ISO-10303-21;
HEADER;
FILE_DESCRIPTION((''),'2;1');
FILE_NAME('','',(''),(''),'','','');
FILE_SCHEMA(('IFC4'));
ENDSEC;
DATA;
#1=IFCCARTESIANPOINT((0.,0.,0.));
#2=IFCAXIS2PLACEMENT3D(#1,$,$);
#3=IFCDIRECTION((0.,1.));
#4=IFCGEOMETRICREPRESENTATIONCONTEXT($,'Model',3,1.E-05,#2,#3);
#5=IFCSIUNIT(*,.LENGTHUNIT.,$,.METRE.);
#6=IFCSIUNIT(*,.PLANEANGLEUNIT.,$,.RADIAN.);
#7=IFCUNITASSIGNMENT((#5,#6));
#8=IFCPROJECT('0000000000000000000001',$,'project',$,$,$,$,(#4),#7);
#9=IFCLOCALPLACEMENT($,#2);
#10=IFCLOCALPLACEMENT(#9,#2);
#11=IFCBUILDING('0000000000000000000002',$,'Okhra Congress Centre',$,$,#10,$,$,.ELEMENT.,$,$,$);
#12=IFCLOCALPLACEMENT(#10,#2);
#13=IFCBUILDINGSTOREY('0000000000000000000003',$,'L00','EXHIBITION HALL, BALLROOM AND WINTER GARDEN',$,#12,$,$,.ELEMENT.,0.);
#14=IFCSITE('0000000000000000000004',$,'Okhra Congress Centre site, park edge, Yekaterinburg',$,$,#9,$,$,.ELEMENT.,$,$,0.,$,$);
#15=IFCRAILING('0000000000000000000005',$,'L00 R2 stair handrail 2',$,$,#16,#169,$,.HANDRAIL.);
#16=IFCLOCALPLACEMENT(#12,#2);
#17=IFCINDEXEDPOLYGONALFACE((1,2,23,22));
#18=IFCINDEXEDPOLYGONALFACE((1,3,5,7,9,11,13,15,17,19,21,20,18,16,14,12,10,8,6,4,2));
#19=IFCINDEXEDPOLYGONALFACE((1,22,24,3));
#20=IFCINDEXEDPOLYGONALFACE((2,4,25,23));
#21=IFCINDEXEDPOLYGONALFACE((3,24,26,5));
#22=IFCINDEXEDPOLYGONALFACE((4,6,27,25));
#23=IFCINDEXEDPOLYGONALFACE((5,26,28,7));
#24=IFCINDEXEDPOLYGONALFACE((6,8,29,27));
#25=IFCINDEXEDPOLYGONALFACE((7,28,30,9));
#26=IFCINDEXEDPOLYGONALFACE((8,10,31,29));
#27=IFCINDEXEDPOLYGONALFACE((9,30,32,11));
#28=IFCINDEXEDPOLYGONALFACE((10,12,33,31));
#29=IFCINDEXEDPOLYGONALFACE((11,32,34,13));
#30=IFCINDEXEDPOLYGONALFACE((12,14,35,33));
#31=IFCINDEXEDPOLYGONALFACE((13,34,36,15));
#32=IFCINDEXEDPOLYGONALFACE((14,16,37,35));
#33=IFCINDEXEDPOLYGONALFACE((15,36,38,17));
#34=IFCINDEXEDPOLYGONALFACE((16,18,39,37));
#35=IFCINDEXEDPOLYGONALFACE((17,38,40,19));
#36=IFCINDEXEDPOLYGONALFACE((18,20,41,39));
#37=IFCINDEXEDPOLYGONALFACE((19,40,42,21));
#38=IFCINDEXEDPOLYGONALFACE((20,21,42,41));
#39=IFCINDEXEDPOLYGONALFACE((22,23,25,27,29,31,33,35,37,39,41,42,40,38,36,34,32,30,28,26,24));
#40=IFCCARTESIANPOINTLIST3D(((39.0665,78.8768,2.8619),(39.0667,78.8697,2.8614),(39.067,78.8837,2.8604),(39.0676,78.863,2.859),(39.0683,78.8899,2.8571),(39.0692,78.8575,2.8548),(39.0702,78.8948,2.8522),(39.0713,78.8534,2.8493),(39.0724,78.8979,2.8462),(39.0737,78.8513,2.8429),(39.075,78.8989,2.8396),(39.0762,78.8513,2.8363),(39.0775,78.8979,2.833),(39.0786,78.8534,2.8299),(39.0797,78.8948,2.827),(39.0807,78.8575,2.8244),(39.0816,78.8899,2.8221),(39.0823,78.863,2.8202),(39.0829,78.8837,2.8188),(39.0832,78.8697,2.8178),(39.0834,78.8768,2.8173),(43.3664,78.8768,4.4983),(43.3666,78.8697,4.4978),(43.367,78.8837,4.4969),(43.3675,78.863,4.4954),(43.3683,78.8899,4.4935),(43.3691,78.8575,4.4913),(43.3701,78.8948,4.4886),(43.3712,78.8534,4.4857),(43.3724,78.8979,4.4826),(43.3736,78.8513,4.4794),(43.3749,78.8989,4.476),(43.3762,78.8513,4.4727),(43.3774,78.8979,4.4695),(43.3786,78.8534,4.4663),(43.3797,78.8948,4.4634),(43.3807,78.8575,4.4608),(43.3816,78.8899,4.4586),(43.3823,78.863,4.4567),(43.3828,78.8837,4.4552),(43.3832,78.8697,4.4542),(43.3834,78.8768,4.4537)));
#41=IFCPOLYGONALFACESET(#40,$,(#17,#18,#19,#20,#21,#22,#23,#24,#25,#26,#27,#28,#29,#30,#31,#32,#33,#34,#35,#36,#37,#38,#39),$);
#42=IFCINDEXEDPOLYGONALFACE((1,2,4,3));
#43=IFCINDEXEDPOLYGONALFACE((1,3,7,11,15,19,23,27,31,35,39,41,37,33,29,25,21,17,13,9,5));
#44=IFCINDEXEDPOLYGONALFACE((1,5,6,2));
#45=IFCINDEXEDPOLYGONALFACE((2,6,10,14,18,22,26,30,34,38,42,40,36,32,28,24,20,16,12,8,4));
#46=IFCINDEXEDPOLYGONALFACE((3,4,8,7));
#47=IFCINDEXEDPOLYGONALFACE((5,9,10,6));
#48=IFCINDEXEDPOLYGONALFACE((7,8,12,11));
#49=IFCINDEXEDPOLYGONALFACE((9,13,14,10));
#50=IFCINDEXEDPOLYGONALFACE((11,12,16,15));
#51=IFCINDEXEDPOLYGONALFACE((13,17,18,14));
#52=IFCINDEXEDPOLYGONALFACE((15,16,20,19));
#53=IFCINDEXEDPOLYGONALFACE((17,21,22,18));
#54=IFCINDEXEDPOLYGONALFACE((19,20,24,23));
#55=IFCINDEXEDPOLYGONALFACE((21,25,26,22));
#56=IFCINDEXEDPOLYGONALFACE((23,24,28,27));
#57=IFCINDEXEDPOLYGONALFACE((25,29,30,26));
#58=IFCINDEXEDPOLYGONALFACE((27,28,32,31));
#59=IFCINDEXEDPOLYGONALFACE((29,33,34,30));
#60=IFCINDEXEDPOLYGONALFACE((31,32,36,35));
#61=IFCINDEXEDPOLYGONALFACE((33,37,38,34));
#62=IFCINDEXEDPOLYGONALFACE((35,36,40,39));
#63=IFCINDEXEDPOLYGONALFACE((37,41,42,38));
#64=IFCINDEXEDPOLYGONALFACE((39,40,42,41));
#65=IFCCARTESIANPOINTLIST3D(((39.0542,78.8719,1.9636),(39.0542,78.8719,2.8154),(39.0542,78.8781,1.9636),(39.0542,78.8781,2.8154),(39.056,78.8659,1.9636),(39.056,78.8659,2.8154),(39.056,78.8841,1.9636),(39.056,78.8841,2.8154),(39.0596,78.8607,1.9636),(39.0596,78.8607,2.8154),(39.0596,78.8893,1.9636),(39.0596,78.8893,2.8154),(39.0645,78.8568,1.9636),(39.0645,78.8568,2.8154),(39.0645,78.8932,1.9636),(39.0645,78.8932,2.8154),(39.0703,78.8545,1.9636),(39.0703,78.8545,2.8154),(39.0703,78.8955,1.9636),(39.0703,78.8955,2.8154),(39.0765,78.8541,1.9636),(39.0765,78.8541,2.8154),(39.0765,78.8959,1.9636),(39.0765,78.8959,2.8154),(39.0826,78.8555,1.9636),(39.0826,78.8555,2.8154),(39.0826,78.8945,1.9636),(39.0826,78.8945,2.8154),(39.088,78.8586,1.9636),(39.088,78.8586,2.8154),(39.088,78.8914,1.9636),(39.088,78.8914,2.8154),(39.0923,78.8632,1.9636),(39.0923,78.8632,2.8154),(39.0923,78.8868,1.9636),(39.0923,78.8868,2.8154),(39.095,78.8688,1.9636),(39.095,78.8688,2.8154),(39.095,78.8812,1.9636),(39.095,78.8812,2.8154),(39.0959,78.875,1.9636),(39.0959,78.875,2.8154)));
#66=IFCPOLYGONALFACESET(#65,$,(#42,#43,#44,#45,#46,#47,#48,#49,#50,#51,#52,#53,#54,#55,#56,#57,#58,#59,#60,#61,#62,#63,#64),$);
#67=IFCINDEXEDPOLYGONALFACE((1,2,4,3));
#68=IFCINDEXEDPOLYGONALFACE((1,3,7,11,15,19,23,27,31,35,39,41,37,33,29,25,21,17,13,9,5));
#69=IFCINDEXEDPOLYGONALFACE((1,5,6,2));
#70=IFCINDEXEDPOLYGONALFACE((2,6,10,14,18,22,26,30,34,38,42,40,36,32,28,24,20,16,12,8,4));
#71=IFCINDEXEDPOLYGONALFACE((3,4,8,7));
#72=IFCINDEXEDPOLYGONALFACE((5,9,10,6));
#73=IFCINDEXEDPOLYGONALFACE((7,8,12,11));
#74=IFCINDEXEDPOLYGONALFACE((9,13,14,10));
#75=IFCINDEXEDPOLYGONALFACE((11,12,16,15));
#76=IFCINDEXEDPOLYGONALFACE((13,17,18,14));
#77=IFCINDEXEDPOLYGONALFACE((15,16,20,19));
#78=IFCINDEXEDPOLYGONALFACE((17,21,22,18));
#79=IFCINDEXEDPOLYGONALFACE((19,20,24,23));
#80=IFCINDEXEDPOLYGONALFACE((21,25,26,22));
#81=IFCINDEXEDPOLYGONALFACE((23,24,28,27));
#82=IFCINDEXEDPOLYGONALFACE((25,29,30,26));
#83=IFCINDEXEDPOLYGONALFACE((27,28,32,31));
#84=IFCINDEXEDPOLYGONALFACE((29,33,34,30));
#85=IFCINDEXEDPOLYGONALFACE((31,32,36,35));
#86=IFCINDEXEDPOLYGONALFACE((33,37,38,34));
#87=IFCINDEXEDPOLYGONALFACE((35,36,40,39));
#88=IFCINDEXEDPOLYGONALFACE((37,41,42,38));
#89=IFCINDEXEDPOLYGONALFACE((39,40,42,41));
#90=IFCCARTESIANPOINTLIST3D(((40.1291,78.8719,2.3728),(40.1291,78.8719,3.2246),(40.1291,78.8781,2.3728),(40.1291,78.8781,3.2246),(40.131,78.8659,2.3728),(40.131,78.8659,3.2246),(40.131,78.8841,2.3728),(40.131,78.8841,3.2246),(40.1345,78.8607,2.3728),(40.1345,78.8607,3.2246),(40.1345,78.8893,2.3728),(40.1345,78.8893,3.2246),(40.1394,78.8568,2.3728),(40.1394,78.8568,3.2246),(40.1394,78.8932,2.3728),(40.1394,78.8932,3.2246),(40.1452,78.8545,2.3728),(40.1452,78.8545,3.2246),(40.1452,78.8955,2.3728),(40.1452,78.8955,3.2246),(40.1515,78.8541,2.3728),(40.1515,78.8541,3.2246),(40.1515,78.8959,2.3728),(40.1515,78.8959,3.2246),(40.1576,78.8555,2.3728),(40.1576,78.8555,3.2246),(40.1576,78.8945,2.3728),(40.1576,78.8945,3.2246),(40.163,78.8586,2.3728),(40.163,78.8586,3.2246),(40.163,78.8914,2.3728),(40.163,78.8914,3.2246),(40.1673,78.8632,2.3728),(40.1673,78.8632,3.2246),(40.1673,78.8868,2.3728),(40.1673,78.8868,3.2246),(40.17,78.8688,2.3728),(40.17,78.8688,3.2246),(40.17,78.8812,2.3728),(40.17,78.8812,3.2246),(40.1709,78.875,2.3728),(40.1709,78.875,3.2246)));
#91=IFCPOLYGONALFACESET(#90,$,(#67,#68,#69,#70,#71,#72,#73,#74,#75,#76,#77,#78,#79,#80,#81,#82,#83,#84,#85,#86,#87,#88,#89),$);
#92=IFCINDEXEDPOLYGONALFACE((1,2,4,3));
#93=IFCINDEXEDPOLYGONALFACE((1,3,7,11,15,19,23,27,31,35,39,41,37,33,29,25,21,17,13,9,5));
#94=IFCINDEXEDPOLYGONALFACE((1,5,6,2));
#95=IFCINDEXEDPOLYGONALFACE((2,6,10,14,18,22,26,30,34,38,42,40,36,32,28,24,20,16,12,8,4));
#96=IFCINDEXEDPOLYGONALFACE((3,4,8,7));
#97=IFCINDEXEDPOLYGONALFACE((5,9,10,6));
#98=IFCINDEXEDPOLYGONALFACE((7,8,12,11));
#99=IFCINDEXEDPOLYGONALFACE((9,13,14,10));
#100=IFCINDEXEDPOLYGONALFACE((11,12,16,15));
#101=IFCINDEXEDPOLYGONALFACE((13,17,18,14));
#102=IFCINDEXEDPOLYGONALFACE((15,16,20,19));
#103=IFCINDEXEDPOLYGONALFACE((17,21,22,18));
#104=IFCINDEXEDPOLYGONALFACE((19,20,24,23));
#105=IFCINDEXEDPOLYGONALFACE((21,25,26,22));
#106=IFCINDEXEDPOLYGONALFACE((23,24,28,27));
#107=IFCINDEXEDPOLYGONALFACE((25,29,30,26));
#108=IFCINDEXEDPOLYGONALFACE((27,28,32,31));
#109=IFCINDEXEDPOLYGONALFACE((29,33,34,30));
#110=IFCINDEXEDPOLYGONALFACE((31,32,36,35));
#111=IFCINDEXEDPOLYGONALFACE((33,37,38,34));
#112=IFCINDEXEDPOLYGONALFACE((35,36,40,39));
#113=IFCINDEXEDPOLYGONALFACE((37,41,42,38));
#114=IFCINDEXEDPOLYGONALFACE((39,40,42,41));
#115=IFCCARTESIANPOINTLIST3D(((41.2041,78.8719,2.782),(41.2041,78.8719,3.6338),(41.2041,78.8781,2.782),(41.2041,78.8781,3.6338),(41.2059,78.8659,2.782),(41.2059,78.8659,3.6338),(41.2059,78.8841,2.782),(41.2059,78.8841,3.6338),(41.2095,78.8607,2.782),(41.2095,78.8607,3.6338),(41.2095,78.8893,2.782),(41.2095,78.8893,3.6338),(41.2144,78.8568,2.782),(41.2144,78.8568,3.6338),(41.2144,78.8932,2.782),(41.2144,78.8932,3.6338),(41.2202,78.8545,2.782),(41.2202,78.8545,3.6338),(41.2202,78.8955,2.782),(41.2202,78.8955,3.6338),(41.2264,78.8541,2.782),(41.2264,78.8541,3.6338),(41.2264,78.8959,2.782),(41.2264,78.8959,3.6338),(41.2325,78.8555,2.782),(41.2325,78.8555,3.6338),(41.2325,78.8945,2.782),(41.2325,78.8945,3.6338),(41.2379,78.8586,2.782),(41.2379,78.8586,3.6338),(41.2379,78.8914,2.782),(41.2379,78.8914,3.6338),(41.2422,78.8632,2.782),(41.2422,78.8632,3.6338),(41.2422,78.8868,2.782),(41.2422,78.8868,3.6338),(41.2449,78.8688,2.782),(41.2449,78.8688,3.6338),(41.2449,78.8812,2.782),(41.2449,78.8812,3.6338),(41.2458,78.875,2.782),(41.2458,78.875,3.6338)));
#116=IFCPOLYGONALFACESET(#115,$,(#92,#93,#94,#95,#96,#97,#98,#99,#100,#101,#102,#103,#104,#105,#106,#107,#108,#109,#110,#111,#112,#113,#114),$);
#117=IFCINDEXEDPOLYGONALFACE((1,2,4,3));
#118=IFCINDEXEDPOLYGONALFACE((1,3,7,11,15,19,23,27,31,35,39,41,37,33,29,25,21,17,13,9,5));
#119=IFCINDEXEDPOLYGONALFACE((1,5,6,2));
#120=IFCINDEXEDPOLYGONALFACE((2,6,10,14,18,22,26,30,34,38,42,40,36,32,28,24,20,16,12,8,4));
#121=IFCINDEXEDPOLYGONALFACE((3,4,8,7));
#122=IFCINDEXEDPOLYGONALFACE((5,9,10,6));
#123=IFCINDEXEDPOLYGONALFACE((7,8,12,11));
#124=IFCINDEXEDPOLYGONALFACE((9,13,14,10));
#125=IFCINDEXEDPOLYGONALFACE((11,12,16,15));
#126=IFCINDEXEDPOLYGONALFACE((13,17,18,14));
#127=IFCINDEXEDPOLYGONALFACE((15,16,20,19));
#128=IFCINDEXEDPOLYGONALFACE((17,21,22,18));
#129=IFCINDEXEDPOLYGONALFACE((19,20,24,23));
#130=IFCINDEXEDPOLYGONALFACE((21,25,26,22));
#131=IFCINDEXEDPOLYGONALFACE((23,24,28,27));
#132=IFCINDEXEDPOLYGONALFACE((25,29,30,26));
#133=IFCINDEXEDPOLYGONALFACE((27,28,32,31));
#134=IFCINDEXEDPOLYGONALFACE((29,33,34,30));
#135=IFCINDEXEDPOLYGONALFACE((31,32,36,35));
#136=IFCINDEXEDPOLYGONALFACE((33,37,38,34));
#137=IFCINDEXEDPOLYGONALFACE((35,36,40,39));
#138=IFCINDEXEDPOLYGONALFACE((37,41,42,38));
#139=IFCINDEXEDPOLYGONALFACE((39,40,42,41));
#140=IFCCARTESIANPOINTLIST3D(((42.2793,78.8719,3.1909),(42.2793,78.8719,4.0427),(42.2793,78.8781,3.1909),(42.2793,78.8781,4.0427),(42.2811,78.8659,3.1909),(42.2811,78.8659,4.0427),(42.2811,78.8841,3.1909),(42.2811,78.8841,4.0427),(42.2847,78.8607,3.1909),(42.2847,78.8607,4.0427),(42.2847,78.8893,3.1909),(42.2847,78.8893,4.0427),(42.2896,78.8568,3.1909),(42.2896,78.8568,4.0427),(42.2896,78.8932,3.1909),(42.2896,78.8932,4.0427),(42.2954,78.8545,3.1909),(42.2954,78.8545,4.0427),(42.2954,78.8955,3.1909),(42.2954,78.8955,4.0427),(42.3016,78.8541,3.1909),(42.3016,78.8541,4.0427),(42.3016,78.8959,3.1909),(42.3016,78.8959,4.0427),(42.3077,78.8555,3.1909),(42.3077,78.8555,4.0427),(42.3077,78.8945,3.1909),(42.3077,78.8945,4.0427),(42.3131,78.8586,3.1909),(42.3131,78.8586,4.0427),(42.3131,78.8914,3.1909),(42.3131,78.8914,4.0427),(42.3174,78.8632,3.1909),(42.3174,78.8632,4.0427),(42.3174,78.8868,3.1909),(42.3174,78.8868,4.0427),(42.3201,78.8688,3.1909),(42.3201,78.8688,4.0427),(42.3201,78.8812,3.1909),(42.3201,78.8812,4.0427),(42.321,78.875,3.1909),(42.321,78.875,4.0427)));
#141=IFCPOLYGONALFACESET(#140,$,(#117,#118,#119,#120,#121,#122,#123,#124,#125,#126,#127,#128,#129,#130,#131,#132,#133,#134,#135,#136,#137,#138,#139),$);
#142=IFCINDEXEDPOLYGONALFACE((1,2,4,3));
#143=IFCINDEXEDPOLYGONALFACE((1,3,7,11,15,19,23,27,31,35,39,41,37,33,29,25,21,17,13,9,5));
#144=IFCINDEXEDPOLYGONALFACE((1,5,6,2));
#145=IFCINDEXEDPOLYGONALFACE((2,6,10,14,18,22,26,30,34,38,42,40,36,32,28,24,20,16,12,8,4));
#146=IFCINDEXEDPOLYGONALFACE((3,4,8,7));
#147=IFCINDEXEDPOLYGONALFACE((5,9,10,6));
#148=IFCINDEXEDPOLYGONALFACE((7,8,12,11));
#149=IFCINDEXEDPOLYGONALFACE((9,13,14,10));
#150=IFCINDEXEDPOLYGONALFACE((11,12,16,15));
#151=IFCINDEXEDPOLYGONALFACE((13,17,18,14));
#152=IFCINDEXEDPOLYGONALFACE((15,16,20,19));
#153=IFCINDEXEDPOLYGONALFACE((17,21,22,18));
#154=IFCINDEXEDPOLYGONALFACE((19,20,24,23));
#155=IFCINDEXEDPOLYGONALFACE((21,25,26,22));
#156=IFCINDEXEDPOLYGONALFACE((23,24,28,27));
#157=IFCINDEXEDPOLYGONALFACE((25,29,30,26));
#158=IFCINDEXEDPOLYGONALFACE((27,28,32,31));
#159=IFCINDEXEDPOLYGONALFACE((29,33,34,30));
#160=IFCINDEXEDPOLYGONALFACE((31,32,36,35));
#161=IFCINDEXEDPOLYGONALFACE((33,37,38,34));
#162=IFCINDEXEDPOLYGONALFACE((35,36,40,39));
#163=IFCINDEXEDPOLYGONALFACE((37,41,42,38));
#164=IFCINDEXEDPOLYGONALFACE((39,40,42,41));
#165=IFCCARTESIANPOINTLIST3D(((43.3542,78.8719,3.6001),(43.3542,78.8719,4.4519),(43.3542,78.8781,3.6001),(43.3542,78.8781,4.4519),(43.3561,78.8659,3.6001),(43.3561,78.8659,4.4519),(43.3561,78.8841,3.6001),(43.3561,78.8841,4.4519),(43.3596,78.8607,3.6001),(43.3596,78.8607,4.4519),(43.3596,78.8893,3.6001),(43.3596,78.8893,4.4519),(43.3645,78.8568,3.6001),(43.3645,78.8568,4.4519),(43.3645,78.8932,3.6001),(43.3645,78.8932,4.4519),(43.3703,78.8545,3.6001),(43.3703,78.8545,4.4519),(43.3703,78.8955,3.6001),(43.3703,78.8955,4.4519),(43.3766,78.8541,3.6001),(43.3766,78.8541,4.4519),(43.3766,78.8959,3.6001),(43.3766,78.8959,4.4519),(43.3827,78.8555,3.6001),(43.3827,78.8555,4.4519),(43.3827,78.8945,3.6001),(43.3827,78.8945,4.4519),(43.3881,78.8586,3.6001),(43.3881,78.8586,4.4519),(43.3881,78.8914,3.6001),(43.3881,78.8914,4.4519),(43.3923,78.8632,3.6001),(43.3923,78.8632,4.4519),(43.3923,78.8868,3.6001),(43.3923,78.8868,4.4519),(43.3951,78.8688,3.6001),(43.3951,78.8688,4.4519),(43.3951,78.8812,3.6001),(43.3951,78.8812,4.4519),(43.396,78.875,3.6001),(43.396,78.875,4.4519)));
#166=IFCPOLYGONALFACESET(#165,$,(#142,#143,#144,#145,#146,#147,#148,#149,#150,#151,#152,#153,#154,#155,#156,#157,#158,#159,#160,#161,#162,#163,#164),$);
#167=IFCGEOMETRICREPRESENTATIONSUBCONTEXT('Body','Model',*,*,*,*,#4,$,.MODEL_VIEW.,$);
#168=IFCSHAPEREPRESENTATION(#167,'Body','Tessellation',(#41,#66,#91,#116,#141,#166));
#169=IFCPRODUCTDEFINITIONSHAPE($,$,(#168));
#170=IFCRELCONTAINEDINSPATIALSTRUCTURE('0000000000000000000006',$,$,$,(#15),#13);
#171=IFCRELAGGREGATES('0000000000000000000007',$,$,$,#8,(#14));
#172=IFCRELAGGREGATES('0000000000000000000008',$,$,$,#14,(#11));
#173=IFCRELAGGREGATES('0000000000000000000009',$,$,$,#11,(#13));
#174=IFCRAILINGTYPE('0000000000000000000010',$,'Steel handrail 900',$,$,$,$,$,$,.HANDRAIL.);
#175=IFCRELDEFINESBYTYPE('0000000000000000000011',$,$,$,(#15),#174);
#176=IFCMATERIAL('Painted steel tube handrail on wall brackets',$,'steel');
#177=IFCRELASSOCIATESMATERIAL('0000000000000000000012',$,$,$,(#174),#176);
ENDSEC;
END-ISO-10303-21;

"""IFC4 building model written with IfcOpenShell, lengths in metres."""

from ifc_helpers import new_model, si_unit, direction, frame, origin, origin_2d, place, context, subcontext, project, spatial, circle, extrude, material, type_object, element, save


model = new_model("IFC4")

# Units and contexts
model_context = context("Model", 3, precision=1e-05, world=origin(), true_north=direction((0.0, 1.0)))
body_context = subcontext(model_context, "Body", "Model", "MODEL_VIEW")
ifc_project = project(units=[si_unit("LENGTHUNIT", "METRE"), si_unit("PLANEANGLEUNIT", "RADIAN")], contexts=[model_context])

# Site, building, storey
site_placement = place(None, origin())
site = spatial("IfcSite", under=ifc_project, at=site_placement, Name="Okhra Congress Centre site, park edge, Yekaterinburg", CompositionType="ELEMENT", RefElevation=0.0)
building_placement = place(site_placement, origin())
building = spatial("IfcBuilding", under=site, at=building_placement, Name="Okhra Congress Centre", CompositionType="ELEMENT")
storey_placement = place(building_placement, origin())
storey = spatial("IfcBuildingStorey", under=building, at=storey_placement, Name="L00", Description="EXHIBITION HALL, BALLROOM AND WINTER GARDEN", CompositionType="ELEMENT", Elevation=0.0)

# Railing
ifc_material_1 = material(Name="Painted steel tube handrail on wall brackets", Category="steel")
railing_type_1 = type_object("IfcRailingType", Name="Steel handrail 900", PredefinedType="HANDRAIL", material=ifc_material_1)
railing_1_placement = place(storey_placement, frame((39.075, 78.875, 1.9636)))
element("IfcRailing", 1, at=railing_1_placement, inside=storey, type_object=railing_type_1, Name="L00 R2 stair handrail 2", PredefinedType="HANDRAIL", context=body_context, shape_type="SweptSolid", body=[
    extrude(circle(Radius=0.0239, at=origin_2d()), frame((0.0, 0.0, 0.876), z_axis=(0.934606, 0.0, 0.355684), x_axis=(0.0, 1.0, 0.0)), (0.0, 0.0, 1.0), 4.6008),
    extrude(circle(Radius=0.021, at=origin_2d()), origin(), (0.0, 0.0, 1.0), 0.8518),
    extrude(circle(Radius=0.021, at=origin_2d()), frame((1.075, 0.0, 0.4092)), (0.0, 0.0, 1.0), 0.8518),
    extrude(circle(Radius=0.021, at=origin_2d()), frame((2.1499, 0.0, 0.8184)), (0.0, 0.0, 1.0), 0.8518),
    extrude(circle(Radius=0.021, at=origin_2d()), frame((3.2251, 0.0, 1.2273)), (0.0, 0.0, 1.0), 0.8518),
    extrude(circle(Radius=0.021, at=origin_2d()), frame((4.3, 0.0, 1.6365)), (0.0, 0.0, 1.0), 0.8518),
])

save(model, "model.ifc")
